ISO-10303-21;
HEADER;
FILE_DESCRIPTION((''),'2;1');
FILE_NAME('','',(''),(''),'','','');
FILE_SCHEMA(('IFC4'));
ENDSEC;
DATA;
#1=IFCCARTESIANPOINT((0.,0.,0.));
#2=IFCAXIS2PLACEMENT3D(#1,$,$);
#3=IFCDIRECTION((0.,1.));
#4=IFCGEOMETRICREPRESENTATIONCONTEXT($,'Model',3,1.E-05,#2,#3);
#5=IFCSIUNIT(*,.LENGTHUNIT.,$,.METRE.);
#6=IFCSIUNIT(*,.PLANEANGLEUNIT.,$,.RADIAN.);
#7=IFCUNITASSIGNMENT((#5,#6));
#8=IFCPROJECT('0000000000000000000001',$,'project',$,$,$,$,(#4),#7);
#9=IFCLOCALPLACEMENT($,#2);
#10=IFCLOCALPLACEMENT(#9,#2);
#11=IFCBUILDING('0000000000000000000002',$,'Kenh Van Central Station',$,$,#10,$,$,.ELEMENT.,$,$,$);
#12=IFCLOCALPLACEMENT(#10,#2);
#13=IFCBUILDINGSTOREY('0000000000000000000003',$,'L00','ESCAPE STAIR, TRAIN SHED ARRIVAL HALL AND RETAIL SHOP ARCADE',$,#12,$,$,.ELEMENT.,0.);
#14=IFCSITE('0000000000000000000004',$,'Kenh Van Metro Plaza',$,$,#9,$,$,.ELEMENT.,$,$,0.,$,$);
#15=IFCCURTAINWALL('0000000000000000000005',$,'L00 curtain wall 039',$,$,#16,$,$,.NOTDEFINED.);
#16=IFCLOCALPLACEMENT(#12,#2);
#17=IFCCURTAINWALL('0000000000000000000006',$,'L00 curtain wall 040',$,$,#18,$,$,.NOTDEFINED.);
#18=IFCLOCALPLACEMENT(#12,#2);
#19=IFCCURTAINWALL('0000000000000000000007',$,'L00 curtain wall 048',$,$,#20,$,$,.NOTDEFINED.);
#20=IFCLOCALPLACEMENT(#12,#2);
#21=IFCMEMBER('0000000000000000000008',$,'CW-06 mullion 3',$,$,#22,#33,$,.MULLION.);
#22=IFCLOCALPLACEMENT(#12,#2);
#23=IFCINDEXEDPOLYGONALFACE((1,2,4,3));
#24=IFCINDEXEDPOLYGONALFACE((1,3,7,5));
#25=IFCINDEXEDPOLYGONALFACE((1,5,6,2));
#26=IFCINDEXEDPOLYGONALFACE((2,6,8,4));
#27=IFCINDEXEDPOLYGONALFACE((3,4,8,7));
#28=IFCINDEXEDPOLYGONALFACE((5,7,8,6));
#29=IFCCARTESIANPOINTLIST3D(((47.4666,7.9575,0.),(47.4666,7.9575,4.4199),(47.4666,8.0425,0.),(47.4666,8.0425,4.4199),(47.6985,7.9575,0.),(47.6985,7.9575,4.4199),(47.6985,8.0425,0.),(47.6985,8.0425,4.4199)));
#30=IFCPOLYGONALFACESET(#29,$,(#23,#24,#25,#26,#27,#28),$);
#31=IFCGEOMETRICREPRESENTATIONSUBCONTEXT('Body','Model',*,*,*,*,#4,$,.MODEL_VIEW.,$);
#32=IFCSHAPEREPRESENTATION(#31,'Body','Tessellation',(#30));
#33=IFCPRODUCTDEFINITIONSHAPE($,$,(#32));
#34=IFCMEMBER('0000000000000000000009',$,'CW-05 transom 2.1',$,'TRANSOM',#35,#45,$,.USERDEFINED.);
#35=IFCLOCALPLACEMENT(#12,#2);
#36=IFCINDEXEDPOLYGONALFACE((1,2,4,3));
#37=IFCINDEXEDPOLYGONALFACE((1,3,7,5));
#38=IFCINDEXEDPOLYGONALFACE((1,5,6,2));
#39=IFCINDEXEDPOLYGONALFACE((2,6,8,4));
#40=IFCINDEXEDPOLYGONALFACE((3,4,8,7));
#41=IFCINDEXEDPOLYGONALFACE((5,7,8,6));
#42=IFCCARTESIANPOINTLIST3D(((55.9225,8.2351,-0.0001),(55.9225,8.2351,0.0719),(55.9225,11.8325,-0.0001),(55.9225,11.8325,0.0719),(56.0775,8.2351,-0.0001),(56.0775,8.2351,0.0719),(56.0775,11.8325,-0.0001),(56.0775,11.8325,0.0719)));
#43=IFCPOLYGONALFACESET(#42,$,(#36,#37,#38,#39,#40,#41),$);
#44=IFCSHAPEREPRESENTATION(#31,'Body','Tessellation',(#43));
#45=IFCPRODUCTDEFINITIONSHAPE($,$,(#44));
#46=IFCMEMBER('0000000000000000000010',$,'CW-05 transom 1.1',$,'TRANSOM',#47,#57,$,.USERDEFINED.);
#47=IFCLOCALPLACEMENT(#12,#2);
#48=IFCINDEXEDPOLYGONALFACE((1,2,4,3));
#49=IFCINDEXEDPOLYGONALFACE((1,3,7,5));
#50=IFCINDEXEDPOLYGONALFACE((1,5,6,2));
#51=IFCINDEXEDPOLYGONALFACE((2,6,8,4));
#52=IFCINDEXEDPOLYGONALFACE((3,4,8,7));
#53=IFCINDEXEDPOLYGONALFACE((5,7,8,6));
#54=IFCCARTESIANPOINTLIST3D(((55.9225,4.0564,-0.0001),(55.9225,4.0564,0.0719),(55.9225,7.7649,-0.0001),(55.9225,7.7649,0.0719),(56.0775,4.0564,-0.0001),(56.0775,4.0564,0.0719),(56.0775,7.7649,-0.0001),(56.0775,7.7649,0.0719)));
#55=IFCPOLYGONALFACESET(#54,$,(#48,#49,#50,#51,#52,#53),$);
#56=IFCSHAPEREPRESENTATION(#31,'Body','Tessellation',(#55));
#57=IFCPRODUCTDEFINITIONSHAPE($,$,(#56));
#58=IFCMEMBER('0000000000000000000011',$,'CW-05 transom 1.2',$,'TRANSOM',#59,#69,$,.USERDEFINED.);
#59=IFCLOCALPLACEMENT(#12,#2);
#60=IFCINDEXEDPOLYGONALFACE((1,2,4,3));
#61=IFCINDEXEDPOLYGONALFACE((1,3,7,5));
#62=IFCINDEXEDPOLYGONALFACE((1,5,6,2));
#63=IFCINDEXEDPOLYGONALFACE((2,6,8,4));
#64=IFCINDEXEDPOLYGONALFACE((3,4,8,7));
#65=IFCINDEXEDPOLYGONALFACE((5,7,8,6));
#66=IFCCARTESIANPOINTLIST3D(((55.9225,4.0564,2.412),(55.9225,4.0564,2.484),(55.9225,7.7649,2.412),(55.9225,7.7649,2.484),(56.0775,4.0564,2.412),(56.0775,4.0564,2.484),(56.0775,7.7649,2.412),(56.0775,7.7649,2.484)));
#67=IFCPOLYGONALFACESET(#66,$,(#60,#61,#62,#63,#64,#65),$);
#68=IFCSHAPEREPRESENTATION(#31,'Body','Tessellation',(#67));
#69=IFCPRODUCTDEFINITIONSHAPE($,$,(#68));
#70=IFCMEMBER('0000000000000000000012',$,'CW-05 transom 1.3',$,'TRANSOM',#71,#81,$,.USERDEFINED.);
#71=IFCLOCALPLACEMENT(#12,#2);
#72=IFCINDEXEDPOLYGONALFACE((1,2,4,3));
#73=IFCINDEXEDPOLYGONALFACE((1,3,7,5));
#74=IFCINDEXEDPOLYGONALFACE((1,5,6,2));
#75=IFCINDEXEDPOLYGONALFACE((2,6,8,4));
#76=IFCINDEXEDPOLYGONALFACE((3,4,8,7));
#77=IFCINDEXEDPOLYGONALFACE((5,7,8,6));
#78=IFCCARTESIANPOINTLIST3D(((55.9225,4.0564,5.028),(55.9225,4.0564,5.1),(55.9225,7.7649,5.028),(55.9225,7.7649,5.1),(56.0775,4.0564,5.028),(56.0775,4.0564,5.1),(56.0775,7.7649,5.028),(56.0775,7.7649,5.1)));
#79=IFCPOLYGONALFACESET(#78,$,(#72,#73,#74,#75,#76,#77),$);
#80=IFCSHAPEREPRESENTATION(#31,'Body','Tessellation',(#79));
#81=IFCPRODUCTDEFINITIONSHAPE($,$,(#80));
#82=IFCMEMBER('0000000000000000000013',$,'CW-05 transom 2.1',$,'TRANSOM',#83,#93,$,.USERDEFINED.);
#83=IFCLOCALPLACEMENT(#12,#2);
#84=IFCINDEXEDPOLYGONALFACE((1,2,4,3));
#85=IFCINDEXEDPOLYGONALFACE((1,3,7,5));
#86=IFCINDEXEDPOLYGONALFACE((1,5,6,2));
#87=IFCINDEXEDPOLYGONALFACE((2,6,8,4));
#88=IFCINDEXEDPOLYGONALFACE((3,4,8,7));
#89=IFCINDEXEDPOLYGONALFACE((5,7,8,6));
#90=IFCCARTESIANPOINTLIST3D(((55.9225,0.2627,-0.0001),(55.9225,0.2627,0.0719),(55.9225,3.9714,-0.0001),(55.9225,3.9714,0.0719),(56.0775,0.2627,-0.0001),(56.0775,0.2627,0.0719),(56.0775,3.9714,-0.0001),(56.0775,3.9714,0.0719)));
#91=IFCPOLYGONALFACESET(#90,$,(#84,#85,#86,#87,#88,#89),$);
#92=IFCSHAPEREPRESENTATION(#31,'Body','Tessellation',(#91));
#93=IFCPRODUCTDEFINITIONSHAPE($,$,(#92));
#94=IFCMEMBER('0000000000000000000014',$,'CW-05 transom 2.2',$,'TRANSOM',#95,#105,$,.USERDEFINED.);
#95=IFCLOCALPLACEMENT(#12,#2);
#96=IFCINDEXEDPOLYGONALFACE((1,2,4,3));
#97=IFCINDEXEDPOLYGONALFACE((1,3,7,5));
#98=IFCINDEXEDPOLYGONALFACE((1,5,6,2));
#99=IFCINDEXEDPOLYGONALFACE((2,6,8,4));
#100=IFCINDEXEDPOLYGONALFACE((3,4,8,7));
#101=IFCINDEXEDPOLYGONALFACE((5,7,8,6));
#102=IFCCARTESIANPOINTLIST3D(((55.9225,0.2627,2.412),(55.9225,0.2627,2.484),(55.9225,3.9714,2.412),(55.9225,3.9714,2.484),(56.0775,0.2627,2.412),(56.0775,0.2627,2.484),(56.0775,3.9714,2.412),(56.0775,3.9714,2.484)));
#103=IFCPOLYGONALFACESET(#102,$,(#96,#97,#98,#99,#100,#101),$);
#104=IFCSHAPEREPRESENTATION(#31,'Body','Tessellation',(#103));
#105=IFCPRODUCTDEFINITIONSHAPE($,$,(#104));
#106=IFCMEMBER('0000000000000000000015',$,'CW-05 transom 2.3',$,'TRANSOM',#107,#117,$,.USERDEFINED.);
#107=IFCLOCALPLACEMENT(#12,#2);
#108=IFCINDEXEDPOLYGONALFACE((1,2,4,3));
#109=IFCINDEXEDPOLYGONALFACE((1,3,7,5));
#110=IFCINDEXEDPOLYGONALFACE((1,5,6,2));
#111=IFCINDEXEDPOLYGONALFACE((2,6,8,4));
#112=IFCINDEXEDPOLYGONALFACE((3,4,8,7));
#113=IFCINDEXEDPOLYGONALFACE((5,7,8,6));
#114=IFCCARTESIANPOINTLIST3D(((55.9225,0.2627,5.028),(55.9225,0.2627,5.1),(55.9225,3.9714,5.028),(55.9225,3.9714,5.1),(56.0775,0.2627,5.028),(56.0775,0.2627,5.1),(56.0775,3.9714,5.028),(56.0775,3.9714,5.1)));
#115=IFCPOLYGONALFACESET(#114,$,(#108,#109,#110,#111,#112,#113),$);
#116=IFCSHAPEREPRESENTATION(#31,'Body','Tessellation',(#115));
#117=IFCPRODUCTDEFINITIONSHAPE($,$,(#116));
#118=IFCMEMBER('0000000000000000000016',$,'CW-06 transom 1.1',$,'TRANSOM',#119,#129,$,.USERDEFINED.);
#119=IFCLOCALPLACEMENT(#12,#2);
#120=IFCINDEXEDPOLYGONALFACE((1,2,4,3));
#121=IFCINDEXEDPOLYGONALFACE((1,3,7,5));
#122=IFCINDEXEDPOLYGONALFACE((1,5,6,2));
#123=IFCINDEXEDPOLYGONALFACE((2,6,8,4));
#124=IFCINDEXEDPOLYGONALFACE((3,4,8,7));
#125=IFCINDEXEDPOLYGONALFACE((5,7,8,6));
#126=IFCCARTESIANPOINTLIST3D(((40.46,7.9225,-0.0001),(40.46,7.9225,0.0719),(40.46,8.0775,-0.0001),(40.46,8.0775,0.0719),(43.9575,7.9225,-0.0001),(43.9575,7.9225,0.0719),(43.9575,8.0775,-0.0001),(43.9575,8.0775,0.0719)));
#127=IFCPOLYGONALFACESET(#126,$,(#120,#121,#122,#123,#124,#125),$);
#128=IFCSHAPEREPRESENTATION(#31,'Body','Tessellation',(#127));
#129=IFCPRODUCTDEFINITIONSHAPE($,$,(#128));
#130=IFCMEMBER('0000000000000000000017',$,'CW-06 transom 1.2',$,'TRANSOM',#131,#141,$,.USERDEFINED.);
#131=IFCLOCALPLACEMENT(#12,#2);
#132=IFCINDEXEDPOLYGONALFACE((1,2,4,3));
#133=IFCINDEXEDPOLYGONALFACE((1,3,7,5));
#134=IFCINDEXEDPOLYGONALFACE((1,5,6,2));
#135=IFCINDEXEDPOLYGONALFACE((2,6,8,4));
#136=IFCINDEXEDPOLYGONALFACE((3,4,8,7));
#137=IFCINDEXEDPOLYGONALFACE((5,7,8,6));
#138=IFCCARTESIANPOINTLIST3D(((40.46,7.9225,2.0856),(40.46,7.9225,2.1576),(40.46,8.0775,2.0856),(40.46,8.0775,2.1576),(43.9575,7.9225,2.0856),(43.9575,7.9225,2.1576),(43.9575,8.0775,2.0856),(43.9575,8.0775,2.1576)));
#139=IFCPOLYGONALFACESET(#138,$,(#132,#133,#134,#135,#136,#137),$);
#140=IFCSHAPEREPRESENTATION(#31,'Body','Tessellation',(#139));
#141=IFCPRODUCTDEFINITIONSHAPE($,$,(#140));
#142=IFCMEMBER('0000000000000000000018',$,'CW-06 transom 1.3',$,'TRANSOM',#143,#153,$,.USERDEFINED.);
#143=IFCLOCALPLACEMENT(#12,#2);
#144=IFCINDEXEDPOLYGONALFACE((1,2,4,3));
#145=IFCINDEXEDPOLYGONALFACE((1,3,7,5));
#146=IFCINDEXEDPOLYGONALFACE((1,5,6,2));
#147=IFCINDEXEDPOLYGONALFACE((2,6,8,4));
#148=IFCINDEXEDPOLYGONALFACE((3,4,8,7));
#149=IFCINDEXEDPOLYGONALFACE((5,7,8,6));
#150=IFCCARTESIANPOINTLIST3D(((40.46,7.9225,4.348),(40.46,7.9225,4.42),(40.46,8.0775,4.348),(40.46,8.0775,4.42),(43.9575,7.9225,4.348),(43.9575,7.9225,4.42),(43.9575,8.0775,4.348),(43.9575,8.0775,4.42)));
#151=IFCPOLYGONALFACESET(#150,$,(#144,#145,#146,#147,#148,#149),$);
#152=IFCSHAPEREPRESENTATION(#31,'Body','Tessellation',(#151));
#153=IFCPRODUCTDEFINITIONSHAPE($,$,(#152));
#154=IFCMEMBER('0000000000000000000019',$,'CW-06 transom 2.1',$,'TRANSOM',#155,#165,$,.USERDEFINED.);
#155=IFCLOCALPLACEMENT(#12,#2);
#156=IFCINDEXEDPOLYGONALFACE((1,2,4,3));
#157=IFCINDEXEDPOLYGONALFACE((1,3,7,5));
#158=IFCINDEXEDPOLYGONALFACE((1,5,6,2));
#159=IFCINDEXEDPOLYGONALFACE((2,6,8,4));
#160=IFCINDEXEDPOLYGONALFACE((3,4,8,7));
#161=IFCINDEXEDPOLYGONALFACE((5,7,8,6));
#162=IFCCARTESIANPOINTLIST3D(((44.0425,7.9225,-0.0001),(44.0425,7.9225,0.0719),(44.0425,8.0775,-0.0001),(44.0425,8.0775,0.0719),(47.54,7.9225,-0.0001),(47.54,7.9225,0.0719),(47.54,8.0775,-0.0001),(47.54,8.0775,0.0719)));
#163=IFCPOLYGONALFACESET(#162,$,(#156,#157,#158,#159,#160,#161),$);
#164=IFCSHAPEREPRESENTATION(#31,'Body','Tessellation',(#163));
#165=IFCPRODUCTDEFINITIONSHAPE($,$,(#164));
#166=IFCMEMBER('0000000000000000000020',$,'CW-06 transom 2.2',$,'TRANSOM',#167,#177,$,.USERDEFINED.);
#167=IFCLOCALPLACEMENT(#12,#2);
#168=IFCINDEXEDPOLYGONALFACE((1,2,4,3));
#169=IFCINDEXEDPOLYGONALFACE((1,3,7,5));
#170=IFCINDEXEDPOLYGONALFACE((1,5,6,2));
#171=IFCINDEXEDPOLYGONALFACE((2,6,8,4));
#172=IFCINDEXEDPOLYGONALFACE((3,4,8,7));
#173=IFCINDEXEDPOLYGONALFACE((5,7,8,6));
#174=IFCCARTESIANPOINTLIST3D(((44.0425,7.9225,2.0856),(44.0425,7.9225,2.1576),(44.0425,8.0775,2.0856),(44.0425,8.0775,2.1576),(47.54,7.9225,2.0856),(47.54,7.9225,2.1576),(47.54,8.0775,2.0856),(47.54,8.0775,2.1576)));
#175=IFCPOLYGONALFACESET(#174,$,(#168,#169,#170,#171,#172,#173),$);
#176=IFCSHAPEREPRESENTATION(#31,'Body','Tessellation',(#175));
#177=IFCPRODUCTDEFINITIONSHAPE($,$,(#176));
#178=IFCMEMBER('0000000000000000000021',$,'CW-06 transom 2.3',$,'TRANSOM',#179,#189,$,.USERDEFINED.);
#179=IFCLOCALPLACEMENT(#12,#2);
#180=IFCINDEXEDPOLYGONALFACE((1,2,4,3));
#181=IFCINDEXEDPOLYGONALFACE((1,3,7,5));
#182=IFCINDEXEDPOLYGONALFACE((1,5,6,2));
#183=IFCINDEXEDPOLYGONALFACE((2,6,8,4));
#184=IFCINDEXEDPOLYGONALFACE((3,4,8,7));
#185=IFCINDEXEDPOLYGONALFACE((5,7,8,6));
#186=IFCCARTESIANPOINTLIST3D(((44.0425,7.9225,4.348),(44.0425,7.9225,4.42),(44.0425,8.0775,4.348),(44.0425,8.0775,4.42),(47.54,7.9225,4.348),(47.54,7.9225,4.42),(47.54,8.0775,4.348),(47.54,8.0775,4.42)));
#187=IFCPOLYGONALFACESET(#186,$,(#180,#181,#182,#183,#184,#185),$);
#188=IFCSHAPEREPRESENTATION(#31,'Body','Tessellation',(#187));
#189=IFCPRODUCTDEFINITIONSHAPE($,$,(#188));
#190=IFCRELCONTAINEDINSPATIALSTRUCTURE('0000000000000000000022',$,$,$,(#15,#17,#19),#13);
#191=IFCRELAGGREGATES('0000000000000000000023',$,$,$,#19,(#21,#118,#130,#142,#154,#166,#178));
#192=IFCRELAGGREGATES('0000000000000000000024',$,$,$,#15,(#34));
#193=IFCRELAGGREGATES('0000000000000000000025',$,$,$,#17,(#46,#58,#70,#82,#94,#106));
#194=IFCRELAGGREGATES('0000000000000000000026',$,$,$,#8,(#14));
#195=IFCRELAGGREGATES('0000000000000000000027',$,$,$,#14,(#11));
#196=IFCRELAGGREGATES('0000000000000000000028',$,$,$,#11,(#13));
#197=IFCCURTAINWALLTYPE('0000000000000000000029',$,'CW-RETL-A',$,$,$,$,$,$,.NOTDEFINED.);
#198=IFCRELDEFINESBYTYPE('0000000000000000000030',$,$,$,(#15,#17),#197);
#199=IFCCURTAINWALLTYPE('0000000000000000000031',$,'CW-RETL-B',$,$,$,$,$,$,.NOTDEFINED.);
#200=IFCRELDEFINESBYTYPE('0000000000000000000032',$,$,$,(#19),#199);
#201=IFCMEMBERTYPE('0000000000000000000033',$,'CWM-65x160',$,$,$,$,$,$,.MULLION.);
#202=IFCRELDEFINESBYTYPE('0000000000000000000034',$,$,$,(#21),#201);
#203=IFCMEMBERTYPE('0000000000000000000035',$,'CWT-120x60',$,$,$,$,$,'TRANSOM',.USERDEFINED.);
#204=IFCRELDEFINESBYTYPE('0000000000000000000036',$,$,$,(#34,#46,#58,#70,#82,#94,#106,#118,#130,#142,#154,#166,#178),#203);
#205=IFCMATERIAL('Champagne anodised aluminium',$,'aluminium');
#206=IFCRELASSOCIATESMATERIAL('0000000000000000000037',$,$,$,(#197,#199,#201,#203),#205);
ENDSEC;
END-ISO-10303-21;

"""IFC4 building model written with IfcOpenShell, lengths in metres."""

from ifc_helpers import new_model, si_unit, direction, frame, origin, origin_2d, place, context, subcontext, project, spatial, rectangle, extrude, material, material_profile, profile_set, type_object, element, aggregate, save


model = new_model("IFC4")

# Units and contexts
model_context = context("Model", 3, precision=1e-05, world=origin(), true_north=direction((0.0, 1.0)))
body_context = subcontext(model_context, "Body", "Model", "MODEL_VIEW")
ifc_project = project(units=[si_unit("LENGTHUNIT", "METRE"), si_unit("PLANEANGLEUNIT", "RADIAN")], contexts=[model_context])

# Site, building, storey
site_placement = place(None, origin())
site = spatial("IfcSite", under=ifc_project, at=site_placement, Name="Kenh Van Metro Plaza", CompositionType="ELEMENT", RefElevation=0.0)
building_placement = place(site_placement, origin())
building = spatial("IfcBuilding", under=site, at=building_placement, Name="Kenh Van Central Station", CompositionType="ELEMENT")
storey_placement = place(building_placement, origin())
storey = spatial("IfcBuildingStorey", under=building, at=storey_placement, Name="L00", Description="ESCAPE STAIR, TRAIN SHED ARRIVAL HALL AND RETAIL SHOP ARCADE", CompositionType="ELEMENT", Elevation=0.0)

# Curtain wall
ifc_material_1 = material(Name="Champagne anodised aluminium", Category="aluminium")
curtain_wall_type_1 = type_object("IfcCurtainWallType", Name="CW-RETL-A", PredefinedType="NOTDEFINED", material=ifc_material_1)
curtain_wall_1_placement = place(storey_placement, origin())
curtain_wall_1 = element("IfcCurtainWall", 1, at=curtain_wall_1_placement, inside=storey, type_object=curtain_wall_type_1, Name="L00 curtain wall 039", PredefinedType="NOTDEFINED")
ifc_material_profile_1 = material_profile(ifc_material_1, rectangle(XDim=0.085, YDim=0.2319, at=origin_2d()), Name="AL 85x232")
ifc_profile_set_1 = profile_set([ifc_material_profile_1], Name="Champagne anodised aluminium")
member_type_1 = type_object("IfcMemberType", Name="CWM-65x160", PredefinedType="MULLION", material=ifc_profile_set_1)

# Curtain walls, member
curtain_wall_2_placement = place(storey_placement, origin())
curtain_wall_2 = element("IfcCurtainWall", 2, at=curtain_wall_2_placement, inside=storey, type_object=curtain_wall_type_1, Name="L00 curtain wall 040", PredefinedType="NOTDEFINED")
curtain_wall_type_2 = type_object("IfcCurtainWallType", Name="CW-RETL-B", PredefinedType="NOTDEFINED", material=ifc_material_1)
curtain_wall_3_placement = place(storey_placement, origin())
curtain_wall_3 = element("IfcCurtainWall", 3, at=curtain_wall_3_placement, inside=storey, type_object=curtain_wall_type_2, Name="L00 curtain wall 048", PredefinedType="NOTDEFINED")
member_1_placement = place(storey_placement, frame((47.5825, 8.0, 0.0), z_axis=(0.0, 0.0, 1.0), x_axis=(0.0, 1.0, 0.0)))
member_1 = element("IfcMember", 4, at=member_1_placement, type_object=member_type_1, Name="CW-06 mullion 3", PredefinedType="MULLION", context=body_context, shape_type="SweptSolid", body=[
    extrude(rectangle(XDim=0.085, YDim=0.2319, at=origin_2d()), origin(), (0.0, 0.0, 1.0), 4.4199),
])

# Members
ifc_material_profile_2 = material_profile(ifc_material_1, rectangle(XDim=0.155, YDim=0.072, at=origin_2d()), Name="AL 155x72")
ifc_profile_set_2 = profile_set([ifc_material_profile_2], Name="Champagne anodised aluminium")
member_type_2 = type_object("IfcMemberType", Name="CWT-120x60", ElementType="TRANSOM", PredefinedType="USERDEFINED", material=ifc_profile_set_2)
member_2_placement = place(storey_placement, frame((56.0, 11.8325, 0.0359), z_axis=(0.0, -1.0, 0.0), x_axis=(1.0, 0.0, 0.0)))
member_2 = element("IfcMember", 5, at=member_2_placement, type_object=member_type_2, Name="CW-05 transom 2.1", ObjectType="TRANSOM", PredefinedType="USERDEFINED", context=body_context, shape_type="SweptSolid", body=[
    extrude(rectangle(XDim=0.155, YDim=0.072, at=origin_2d()), origin(), (0.0, 0.0, 1.0), 3.5974),
])
member_3_placement = place(storey_placement, frame((56.0, 7.7649, 0.0359), z_axis=(0.0, -1.0, 0.0), x_axis=(1.0, 0.0, 0.0)))
member_3 = element("IfcMember", 6, at=member_3_placement, type_object=member_type_2, Name="CW-05 transom 1.1", ObjectType="TRANSOM", PredefinedType="USERDEFINED", context=body_context, shape_type="SweptSolid", body=[
    extrude(rectangle(XDim=0.155, YDim=0.072, at=origin_2d()), origin(), (0.0, 0.0, 1.0), 3.7085),
])
member_4_placement = place(storey_placement, frame((56.0, 7.7649, 2.448), z_axis=(0.0, -1.0, 0.0), x_axis=(1.0, 0.0, 0.0)))
member_4 = element("IfcMember", 7, at=member_4_placement, type_object=member_type_2, Name="CW-05 transom 1.2", ObjectType="TRANSOM", PredefinedType="USERDEFINED", context=body_context, shape_type="SweptSolid", body=[
    extrude(rectangle(XDim=0.155, YDim=0.072, at=origin_2d()), origin(), (0.0, 0.0, 1.0), 3.7085),
])
member_5_placement = place(storey_placement, frame((56.0, 7.7649, 5.064), z_axis=(0.0, -1.0, 0.0), x_axis=(1.0, 0.0, 0.0)))
member_5 = element("IfcMember", 8, at=member_5_placement, type_object=member_type_2, Name="CW-05 transom 1.3", ObjectType="TRANSOM", PredefinedType="USERDEFINED", context=body_context, shape_type="SweptSolid", body=[
    extrude(rectangle(XDim=0.155, YDim=0.072, at=origin_2d()), origin(), (0.0, 0.0, 1.0), 3.7085),
])
member_6_placement = place(storey_placement, frame((56.0, 3.9714, 0.0359), z_axis=(0.0, -1.0, 0.0), x_axis=(1.0, 0.0, 0.0)))
member_6 = element("IfcMember", 9, at=member_6_placement, type_object=member_type_2, Name="CW-05 transom 2.1", ObjectType="TRANSOM", PredefinedType="USERDEFINED", context=body_context, shape_type="SweptSolid", body=[
    extrude(rectangle(XDim=0.155, YDim=0.072, at=origin_2d()), origin(), (0.0, 0.0, 1.0), 3.7087),
])
member_7_placement = place(storey_placement, frame((56.0, 3.9714, 2.448), z_axis=(0.0, -1.0, 0.0), x_axis=(1.0, 0.0, 0.0)))
member_7 = element("IfcMember", 10, at=member_7_placement, type_object=member_type_2, Name="CW-05 transom 2.2", ObjectType="TRANSOM", PredefinedType="USERDEFINED", context=body_context, shape_type="SweptSolid", body=[
    extrude(rectangle(XDim=0.155, YDim=0.072, at=origin_2d()), origin(), (0.0, 0.0, 1.0), 3.7087),
])
member_8_placement = place(storey_placement, frame((56.0, 3.9714, 5.064), z_axis=(0.0, -1.0, 0.0), x_axis=(1.0, 0.0, 0.0)))
member_8 = element("IfcMember", 11, at=member_8_placement, type_object=member_type_2, Name="CW-05 transom 2.3", ObjectType="TRANSOM", PredefinedType="USERDEFINED", context=body_context, shape_type="SweptSolid", body=[
    extrude(rectangle(XDim=0.155, YDim=0.072, at=origin_2d()), origin(), (0.0, 0.0, 1.0), 3.7087),
])
member_9_placement = place(storey_placement, frame((40.46, 8.0, 0.0359), z_axis=(1.0, 0.0, 0.0), x_axis=(0.0, 1.0, 0.0)))
member_9 = element("IfcMember", 12, at=member_9_placement, type_object=member_type_2, Name="CW-06 transom 1.1", ObjectType="TRANSOM", PredefinedType="USERDEFINED", context=body_context, shape_type="SweptSolid", body=[
    extrude(rectangle(XDim=0.155, YDim=0.072, at=origin_2d()), origin(), (0.0, 0.0, 1.0), 3.4976),
])
member_10_placement = place(storey_placement, frame((40.46, 8.0, 2.1216), z_axis=(1.0, 0.0, 0.0), x_axis=(0.0, 1.0, 0.0)))
member_10 = element("IfcMember", 13, at=member_10_placement, type_object=member_type_2, Name="CW-06 transom 1.2", ObjectType="TRANSOM", PredefinedType="USERDEFINED", context=body_context, shape_type="SweptSolid", body=[
    extrude(rectangle(XDim=0.155, YDim=0.072, at=origin_2d()), origin(), (0.0, 0.0, 1.0), 3.4976),
])
member_11_placement = place(storey_placement, frame((40.46, 8.0, 4.384), z_axis=(1.0, 0.0, 0.0), x_axis=(0.0, 1.0, 0.0)))
member_11 = element("IfcMember", 14, at=member_11_placement, type_object=member_type_2, Name="CW-06 transom 1.3", ObjectType="TRANSOM", PredefinedType="USERDEFINED", context=body_context, shape_type="SweptSolid", body=[
    extrude(rectangle(XDim=0.155, YDim=0.072, at=origin_2d()), origin(), (0.0, 0.0, 1.0), 3.4976),
])
member_12_placement = place(storey_placement, frame((44.0425, 8.0, 0.0359), z_axis=(1.0, 0.0, 0.0), x_axis=(0.0, 1.0, 0.0)))
member_12 = element("IfcMember", 15, at=member_12_placement, type_object=member_type_2, Name="CW-06 transom 2.1", ObjectType="TRANSOM", PredefinedType="USERDEFINED", context=body_context, shape_type="SweptSolid", body=[
    extrude(rectangle(XDim=0.155, YDim=0.072, at=origin_2d()), origin(), (0.0, 0.0, 1.0), 3.4976),
])
member_13_placement = place(storey_placement, frame((44.0425, 8.0, 2.1216), z_axis=(1.0, 0.0, 0.0), x_axis=(0.0, 1.0, 0.0)))
member_13 = element("IfcMember", 16, at=member_13_placement, type_object=member_type_2, Name="CW-06 transom 2.2", ObjectType="TRANSOM", PredefinedType="USERDEFINED", context=body_context, shape_type="SweptSolid", body=[
    extrude(rectangle(XDim=0.155, YDim=0.072, at=origin_2d()), origin(), (0.0, 0.0, 1.0), 3.4976),
])
member_14_placement = place(storey_placement, frame((44.0425, 8.0, 4.384), z_axis=(1.0, 0.0, 0.0), x_axis=(0.0, 1.0, 0.0)))
member_14 = element("IfcMember", 17, at=member_14_placement, type_object=member_type_2, Name="CW-06 transom 2.3", ObjectType="TRANSOM", PredefinedType="USERDEFINED", context=body_context, shape_type="SweptSolid", body=[
    extrude(rectangle(XDim=0.155, YDim=0.072, at=origin_2d()), origin(), (0.0, 0.0, 1.0), 3.4976),
])

aggregate(curtain_wall_3, [member_1, member_9, member_10, member_11, member_12, member_13, member_14])
aggregate(curtain_wall_1, [member_2])
aggregate(curtain_wall_2, [member_3, member_4, member_5, member_6, member_7, member_8])

save(model, "model.ifc")
